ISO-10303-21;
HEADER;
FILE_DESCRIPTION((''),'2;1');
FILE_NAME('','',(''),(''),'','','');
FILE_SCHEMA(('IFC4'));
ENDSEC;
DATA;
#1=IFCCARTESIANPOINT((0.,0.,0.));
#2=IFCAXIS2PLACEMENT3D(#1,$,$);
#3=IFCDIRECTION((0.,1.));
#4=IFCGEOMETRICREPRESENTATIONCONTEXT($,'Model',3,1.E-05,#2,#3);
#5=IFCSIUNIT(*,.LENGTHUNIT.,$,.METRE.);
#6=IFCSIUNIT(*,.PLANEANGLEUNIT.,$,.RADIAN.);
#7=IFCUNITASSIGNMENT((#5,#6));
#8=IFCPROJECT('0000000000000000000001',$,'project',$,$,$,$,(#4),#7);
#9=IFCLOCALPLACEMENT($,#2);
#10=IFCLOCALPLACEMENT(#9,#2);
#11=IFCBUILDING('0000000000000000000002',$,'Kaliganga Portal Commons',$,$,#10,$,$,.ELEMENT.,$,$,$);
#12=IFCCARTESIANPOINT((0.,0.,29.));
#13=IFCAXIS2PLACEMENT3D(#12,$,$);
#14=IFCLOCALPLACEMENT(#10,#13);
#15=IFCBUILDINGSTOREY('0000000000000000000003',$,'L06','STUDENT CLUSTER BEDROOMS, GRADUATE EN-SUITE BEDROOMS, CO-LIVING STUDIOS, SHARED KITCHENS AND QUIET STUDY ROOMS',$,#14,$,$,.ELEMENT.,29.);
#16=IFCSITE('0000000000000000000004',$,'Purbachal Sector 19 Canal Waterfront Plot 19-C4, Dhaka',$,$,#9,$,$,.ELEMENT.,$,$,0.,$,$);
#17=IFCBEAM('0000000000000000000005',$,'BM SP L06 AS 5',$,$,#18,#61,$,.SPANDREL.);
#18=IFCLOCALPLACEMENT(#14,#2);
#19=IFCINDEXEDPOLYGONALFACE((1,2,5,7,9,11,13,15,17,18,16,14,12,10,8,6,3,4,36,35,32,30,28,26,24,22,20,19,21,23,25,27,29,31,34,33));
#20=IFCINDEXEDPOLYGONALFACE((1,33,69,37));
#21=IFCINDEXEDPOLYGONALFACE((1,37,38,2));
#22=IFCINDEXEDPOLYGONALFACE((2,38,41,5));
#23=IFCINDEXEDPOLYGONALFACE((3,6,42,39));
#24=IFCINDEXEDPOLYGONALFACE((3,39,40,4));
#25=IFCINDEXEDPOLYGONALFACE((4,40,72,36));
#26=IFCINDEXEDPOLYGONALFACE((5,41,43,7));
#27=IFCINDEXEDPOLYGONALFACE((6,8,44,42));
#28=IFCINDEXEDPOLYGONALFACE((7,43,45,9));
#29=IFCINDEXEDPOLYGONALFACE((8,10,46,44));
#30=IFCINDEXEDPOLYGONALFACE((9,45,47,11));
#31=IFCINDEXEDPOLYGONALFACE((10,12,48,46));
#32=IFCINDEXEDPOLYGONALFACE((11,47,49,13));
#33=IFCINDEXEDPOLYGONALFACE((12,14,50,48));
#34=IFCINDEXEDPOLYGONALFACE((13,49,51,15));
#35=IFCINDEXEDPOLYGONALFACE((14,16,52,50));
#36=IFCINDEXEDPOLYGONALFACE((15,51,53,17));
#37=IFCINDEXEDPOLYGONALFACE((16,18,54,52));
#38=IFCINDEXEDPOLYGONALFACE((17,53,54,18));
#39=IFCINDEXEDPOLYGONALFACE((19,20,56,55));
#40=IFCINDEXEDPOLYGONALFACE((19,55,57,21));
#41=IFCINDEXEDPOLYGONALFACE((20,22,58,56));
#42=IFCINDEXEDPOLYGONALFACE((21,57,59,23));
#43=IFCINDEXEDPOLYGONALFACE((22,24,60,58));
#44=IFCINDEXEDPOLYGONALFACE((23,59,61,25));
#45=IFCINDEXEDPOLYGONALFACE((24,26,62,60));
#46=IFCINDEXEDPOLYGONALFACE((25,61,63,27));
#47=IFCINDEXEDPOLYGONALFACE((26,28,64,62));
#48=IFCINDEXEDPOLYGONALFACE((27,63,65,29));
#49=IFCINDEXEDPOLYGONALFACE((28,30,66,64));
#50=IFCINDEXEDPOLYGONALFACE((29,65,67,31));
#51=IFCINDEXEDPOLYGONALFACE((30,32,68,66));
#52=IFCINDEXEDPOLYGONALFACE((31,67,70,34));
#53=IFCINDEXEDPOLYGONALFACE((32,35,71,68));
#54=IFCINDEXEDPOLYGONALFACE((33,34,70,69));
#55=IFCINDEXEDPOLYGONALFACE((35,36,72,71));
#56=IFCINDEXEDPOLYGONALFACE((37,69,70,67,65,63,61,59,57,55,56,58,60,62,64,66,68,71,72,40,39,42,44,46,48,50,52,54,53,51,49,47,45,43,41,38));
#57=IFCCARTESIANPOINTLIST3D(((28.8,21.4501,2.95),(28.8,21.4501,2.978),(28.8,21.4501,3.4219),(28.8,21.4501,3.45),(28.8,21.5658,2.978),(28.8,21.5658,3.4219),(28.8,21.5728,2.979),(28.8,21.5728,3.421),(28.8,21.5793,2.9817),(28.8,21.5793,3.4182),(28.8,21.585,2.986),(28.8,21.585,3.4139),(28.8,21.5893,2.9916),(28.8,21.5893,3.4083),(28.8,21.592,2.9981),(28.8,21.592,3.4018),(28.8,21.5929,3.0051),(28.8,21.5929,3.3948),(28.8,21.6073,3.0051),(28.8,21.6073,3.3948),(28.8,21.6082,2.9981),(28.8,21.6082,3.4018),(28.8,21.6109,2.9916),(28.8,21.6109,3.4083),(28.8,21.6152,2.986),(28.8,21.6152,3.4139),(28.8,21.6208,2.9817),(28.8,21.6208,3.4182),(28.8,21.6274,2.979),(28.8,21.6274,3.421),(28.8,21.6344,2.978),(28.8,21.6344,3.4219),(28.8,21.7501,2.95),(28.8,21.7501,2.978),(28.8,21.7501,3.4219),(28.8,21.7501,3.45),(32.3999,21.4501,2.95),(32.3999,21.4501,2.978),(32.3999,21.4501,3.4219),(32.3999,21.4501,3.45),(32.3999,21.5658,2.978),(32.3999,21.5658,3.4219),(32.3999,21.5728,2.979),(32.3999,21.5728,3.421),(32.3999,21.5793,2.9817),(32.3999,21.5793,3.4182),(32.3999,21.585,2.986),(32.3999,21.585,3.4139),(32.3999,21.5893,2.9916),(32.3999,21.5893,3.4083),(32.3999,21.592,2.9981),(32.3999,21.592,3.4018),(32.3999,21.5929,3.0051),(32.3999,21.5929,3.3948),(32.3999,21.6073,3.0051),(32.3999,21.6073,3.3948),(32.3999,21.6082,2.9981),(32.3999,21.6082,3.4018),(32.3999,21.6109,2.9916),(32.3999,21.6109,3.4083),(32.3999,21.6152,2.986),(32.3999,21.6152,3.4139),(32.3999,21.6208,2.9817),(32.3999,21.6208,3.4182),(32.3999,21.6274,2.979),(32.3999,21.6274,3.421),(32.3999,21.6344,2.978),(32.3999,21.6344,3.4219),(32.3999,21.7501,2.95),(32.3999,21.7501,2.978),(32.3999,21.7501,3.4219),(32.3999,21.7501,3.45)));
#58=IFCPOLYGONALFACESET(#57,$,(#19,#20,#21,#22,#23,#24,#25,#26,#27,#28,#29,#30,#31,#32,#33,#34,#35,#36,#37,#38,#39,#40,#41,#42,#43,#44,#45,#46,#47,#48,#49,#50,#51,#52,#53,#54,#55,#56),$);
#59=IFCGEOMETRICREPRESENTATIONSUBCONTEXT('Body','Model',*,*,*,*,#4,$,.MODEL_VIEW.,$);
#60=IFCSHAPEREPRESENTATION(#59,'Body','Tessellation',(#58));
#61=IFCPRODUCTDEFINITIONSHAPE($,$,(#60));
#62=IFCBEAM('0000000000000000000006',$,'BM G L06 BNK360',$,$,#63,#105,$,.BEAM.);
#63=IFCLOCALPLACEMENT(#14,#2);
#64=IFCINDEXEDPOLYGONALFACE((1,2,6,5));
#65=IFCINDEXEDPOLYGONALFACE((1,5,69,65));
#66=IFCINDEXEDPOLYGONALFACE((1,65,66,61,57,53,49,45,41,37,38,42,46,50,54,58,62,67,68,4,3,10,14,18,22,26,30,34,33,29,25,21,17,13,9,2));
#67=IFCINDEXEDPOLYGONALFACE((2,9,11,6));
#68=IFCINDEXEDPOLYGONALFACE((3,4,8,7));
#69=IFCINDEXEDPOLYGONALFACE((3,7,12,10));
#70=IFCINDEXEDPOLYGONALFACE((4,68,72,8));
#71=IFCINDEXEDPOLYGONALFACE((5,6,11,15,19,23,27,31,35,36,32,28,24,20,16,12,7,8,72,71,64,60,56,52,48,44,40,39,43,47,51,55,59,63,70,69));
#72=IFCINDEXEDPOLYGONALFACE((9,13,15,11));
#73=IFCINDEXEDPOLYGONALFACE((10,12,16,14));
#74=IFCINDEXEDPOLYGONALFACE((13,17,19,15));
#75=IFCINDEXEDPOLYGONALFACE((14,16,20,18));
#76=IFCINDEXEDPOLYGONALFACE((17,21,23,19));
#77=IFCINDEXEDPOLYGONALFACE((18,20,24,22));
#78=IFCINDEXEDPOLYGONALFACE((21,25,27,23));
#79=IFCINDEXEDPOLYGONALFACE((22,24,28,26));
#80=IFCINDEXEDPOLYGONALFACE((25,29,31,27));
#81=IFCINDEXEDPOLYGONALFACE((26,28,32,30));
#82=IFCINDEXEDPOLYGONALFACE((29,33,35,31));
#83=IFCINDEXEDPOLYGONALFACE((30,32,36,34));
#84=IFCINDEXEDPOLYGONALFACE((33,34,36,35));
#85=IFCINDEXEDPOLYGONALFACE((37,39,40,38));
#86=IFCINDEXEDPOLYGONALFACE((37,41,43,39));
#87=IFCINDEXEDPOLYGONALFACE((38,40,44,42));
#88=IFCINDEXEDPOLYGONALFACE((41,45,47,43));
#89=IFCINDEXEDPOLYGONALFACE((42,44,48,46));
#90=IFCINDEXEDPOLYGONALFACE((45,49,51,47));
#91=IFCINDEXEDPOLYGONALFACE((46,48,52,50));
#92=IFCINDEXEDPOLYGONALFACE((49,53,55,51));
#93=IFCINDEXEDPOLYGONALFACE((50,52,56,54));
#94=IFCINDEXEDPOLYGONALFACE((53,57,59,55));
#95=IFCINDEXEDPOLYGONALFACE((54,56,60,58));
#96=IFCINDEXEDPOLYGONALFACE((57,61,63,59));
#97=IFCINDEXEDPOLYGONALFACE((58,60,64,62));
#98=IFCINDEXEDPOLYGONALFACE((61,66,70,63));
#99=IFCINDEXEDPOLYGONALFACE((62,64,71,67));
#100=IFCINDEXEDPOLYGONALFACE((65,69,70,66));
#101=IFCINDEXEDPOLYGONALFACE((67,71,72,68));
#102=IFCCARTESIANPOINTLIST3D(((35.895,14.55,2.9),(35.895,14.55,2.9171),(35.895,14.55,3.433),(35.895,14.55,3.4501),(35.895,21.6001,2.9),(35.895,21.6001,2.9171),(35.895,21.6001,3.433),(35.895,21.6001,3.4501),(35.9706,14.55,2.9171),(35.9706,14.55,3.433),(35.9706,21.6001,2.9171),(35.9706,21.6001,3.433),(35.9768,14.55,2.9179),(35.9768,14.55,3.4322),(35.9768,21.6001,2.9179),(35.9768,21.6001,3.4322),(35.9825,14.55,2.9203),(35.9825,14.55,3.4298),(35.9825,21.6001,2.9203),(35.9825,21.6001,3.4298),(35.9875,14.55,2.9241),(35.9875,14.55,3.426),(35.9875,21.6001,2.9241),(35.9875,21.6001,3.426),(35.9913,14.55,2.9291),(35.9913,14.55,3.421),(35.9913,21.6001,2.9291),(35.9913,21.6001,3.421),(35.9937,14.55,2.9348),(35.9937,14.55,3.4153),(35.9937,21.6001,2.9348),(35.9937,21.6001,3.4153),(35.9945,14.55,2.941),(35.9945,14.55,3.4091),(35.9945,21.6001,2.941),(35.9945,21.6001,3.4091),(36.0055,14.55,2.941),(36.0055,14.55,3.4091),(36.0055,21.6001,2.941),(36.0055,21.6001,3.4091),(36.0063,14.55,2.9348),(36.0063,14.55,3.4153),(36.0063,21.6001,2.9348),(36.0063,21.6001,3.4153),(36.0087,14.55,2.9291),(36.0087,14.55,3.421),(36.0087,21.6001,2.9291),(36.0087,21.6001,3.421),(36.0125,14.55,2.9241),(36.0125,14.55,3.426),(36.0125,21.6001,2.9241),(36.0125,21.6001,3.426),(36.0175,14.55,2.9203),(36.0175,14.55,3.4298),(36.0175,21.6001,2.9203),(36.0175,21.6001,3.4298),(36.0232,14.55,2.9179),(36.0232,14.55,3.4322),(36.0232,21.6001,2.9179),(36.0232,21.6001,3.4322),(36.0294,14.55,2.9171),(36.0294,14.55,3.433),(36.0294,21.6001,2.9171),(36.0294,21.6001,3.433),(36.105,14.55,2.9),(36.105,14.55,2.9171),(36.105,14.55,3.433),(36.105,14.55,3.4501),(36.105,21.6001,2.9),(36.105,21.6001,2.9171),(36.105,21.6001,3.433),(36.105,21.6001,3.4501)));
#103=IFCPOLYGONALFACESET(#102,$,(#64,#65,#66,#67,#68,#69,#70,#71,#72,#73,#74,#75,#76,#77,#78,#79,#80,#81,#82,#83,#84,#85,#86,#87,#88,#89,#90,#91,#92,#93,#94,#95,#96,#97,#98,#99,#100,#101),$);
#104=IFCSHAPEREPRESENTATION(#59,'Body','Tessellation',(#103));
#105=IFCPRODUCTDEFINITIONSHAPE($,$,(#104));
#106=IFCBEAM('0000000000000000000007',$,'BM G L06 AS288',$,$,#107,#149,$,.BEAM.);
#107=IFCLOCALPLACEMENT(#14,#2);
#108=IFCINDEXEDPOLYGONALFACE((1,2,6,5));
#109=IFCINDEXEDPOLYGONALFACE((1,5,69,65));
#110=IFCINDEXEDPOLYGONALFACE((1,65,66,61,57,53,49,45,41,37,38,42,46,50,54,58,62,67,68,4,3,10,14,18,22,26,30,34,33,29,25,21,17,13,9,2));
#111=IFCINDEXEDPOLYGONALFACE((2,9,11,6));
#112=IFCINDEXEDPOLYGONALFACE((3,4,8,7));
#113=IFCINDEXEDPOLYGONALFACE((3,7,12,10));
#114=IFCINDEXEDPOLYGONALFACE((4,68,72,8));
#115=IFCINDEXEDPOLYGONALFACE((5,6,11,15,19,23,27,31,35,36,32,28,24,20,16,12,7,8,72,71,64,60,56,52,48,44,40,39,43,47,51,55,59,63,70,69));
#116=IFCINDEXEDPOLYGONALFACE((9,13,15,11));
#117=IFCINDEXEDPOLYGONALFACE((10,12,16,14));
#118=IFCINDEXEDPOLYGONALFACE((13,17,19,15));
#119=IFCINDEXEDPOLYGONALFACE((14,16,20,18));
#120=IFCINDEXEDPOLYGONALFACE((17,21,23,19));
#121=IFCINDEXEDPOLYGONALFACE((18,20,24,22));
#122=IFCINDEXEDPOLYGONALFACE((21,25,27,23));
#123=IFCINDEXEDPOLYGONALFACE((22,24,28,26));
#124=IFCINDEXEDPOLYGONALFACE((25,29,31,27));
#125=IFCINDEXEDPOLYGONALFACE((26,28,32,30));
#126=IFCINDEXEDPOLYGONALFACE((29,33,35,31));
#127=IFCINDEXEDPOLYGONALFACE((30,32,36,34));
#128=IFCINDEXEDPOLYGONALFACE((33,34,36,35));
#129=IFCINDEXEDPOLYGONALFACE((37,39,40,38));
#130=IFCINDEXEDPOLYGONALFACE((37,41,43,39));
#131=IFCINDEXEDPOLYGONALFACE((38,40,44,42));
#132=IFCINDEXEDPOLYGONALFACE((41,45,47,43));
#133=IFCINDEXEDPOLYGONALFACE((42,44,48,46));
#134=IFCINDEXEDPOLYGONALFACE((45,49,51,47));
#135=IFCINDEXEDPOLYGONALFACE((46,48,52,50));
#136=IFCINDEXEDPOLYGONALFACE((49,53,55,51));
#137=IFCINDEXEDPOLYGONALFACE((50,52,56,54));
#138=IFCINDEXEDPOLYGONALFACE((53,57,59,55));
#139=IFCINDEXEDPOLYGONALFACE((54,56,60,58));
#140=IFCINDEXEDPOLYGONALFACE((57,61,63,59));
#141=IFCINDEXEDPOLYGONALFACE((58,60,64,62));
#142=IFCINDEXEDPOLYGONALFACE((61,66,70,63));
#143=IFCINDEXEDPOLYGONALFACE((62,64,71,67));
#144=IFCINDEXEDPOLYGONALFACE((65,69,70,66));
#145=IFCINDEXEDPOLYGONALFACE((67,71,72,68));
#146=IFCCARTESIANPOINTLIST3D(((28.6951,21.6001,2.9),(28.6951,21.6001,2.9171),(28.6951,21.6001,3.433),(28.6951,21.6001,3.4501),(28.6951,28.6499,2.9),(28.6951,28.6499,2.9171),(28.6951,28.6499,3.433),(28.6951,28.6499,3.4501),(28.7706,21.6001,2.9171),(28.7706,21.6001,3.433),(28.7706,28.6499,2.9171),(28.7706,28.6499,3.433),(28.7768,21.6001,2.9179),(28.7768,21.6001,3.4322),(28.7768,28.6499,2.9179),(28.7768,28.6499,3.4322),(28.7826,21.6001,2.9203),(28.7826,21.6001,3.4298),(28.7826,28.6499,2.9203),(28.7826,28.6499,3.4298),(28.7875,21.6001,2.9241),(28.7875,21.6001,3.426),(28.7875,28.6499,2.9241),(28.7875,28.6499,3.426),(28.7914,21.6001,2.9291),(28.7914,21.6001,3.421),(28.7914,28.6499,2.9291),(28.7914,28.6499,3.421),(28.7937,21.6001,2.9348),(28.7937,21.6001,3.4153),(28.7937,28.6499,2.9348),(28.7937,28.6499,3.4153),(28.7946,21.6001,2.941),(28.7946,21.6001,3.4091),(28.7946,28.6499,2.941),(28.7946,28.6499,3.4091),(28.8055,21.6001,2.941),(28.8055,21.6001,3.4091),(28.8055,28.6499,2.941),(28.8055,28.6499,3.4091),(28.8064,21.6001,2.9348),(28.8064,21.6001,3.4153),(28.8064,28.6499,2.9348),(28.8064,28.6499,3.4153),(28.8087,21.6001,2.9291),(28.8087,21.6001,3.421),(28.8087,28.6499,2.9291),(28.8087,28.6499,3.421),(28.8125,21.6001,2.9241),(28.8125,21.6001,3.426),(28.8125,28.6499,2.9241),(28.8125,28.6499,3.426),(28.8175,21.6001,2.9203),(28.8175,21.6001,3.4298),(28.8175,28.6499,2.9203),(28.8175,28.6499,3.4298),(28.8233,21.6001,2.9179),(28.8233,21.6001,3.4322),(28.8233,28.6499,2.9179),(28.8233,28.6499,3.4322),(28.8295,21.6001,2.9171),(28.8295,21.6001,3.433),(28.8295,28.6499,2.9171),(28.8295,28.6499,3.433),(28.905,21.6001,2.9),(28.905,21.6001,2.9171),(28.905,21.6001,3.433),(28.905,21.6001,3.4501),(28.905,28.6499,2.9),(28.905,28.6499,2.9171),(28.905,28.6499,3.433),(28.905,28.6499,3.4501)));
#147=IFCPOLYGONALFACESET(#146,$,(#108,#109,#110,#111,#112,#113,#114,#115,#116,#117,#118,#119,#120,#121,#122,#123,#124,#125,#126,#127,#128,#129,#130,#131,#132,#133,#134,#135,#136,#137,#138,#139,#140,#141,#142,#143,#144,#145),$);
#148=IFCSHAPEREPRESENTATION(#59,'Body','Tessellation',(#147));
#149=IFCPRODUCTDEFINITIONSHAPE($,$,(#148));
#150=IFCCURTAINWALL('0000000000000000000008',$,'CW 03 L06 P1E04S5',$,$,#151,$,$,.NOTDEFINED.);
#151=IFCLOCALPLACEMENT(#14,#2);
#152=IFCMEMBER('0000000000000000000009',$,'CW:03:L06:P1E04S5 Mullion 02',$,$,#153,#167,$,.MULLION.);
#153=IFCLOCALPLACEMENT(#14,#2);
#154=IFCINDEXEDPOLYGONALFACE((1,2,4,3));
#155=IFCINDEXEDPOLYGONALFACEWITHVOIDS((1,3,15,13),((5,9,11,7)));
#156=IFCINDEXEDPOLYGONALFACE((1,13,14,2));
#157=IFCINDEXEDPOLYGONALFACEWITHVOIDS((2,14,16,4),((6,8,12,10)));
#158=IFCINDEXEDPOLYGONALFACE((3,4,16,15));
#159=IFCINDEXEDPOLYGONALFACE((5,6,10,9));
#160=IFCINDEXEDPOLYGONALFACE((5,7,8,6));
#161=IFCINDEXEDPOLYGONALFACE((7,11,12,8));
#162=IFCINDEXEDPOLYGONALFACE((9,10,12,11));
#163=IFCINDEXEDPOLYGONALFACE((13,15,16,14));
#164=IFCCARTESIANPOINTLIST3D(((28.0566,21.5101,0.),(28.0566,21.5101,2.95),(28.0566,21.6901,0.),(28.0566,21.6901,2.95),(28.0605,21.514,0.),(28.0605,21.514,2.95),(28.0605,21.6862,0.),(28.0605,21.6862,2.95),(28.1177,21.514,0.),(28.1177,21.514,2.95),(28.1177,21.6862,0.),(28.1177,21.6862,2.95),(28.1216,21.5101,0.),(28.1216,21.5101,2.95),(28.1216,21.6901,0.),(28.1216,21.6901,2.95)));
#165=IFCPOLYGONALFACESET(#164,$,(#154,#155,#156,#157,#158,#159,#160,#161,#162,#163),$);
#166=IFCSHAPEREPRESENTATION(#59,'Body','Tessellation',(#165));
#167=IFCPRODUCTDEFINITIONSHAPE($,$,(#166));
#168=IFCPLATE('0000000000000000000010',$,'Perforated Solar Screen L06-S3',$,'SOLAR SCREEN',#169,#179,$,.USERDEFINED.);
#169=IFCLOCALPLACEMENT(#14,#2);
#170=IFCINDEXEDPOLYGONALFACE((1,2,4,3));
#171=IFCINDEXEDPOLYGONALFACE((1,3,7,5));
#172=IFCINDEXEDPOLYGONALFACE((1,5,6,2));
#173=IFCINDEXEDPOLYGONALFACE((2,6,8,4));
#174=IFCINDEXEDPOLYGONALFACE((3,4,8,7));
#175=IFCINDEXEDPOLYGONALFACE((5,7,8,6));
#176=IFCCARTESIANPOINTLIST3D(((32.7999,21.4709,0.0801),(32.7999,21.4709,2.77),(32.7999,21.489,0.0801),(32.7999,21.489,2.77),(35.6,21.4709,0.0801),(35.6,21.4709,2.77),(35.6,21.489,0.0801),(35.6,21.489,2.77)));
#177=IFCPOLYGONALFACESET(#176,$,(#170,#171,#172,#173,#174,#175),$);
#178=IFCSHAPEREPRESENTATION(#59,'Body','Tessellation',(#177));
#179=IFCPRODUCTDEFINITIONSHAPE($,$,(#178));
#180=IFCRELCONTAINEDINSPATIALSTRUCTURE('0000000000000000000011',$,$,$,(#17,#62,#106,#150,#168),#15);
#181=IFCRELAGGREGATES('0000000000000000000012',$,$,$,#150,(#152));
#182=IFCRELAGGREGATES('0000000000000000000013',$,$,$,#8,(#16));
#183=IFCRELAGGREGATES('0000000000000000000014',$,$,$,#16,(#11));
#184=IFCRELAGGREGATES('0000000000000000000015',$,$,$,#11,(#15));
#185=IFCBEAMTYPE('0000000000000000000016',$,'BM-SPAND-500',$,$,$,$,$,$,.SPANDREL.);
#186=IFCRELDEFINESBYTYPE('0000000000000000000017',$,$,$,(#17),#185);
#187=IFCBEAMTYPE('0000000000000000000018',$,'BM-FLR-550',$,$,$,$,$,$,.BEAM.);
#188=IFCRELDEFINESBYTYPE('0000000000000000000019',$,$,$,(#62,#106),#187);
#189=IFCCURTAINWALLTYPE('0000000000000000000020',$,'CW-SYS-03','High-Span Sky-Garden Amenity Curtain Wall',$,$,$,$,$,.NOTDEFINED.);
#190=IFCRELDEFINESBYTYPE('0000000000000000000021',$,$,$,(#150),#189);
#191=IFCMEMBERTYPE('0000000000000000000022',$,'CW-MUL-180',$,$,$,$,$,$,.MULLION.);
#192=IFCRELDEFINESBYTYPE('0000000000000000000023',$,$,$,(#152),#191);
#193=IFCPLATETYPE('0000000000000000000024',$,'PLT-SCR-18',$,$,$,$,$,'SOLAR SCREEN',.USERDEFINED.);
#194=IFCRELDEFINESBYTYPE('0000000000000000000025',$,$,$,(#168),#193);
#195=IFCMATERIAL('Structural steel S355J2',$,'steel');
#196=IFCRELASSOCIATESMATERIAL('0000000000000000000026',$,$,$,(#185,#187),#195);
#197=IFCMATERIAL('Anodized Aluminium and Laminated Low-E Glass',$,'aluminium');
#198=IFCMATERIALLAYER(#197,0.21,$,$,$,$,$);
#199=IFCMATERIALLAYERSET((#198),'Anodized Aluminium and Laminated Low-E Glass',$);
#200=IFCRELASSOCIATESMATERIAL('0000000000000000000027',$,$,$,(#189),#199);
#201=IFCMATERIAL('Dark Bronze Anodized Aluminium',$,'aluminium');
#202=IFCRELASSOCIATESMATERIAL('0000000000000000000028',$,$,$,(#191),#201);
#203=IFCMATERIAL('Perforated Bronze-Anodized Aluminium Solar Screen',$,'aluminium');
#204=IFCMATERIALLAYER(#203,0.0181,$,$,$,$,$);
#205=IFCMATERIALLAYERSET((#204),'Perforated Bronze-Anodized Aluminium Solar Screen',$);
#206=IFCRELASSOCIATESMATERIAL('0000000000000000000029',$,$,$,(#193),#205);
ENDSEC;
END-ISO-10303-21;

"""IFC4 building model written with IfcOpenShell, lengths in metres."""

from ifc_helpers import new_model, si_unit, direction, frame, origin, origin_2d, place, context, subcontext, project, spatial, rectangle, hollow_rectangle, i_section, extrude, source, transform, mapped, material, layer, layer_set, material_profile, profile_set, type_object, element, aggregate, save


model = new_model("IFC4")

# Units and contexts
model_context = context("Model", 3, precision=1e-05, world=origin(), true_north=direction((0.0, 1.0)))
body_context = subcontext(model_context, "Body", "Model", "MODEL_VIEW")
ifc_project = project(units=[si_unit("LENGTHUNIT", "METRE"), si_unit("PLANEANGLEUNIT", "RADIAN")], contexts=[model_context])

# Site, building, storey
site_placement = place(None, origin())
site = spatial("IfcSite", under=ifc_project, at=site_placement, Name="Purbachal Sector 19 Canal Waterfront Plot 19-C4, Dhaka", CompositionType="ELEMENT", RefElevation=0.0)
building_placement = place(site_placement, origin())
building = spatial("IfcBuilding", under=site, at=building_placement, Name="Kaliganga Portal Commons", CompositionType="ELEMENT")
storey_placement = place(building_placement, frame((0.0, 0.0, 29.0)))
storey = spatial("IfcBuildingStorey", under=building, at=storey_placement, Name="L06", Description="STUDENT CLUSTER BEDROOMS, GRADUATE EN-SUITE BEDROOMS, CO-LIVING STUDIOS, SHARED KITCHENS AND QUIET STUDY ROOMS", CompositionType="ELEMENT", Elevation=29.0)

# Beams
ifc_material_1 = material(Name="Structural steel S355J2", Category="steel")
ifc_material_profile_1 = material_profile(ifc_material_1, i_section(OverallWidth=0.3, OverallDepth=0.5, WebThickness=0.0144, FlangeThickness=0.0281, FilletRadius=0.0271, at=origin_2d()), Name="HE 500 B")
ifc_profile_set_1 = profile_set([ifc_material_profile_1], Name="Structural steel S355J2 wide-flange")
beam_type_1 = type_object("IfcBeamType", Name="BM-SPAND-500", PredefinedType="SPANDREL", material=ifc_profile_set_1)
shared_shape_1 = source(origin(), body_context, "Body", "SweptSolid", [
    extrude(i_section(OverallWidth=0.3, OverallDepth=0.5, WebThickness=0.0144, FlangeThickness=0.0281, FilletRadius=0.0271, at=origin_2d()), origin(), (0.0, 0.0, 1.0), 3.5999),
])
beam_1_placement = place(storey_placement, frame((28.8, 21.6001, 3.2), z_axis=(1.0, 0.0, 0.0), x_axis=(0.0, 1.0, 0.0)))
element("IfcBeam", 1, at=beam_1_placement, inside=storey, type_object=beam_type_1, Name="BM SP L06 AS 5", PredefinedType="SPANDREL", context=body_context, shape_type="MappedRepresentation", body=[
    mapped(shared_shape_1, transform((0.0, 0.0, 0.0), x_axis=(1.0, 0.0, 0.0), y_axis=(0.0, 1.0, 0.0), z_axis=(0.0, 0.0, 1.0), scale=1.0)),
])
ifc_material_profile_2 = material_profile(ifc_material_1, i_section(OverallWidth=0.21, OverallDepth=0.55, WebThickness=0.011, FlangeThickness=0.0171, FilletRadius=0.0239, at=origin_2d()), Name="IPE 550")
ifc_profile_set_2 = profile_set([ifc_material_profile_2], Name="Structural steel S355J2 wide-flange")
beam_type_2 = type_object("IfcBeamType", Name="BM-FLR-550", PredefinedType="BEAM", material=ifc_profile_set_2)
shared_shape_2 = source(origin(), body_context, "Body", "SweptSolid", [
    extrude(i_section(OverallWidth=0.21, OverallDepth=0.55, WebThickness=0.011, FlangeThickness=0.0171, FilletRadius=0.0239, at=origin_2d()), origin(), (0.0, 0.0, 1.0), 7.05),
])
beam_2_placement = place(storey_placement, frame((36.0, 14.55, 3.175), z_axis=(0.0, 1.0, 0.0), x_axis=(-1.0, 0.0, 0.0)))
element("IfcBeam", 2, at=beam_2_placement, inside=storey, type_object=beam_type_2, Name="BM G L06 BNK360", PredefinedType="BEAM", context=body_context, shape_type="MappedRepresentation", body=[
    mapped(shared_shape_2, transform((0.0, 0.0, 0.0), x_axis=(1.0, 0.0, 0.0), y_axis=(0.0, 1.0, 0.0), z_axis=(0.0, 0.0, 1.0), scale=1.0)),
])
shared_shape_3 = source(origin(), body_context, "Body", "SweptSolid", [
    extrude(i_section(OverallWidth=0.21, OverallDepth=0.55, WebThickness=0.011, FlangeThickness=0.0171, FilletRadius=0.0239, at=origin_2d()), origin(), (0.0, 0.0, 1.0), 7.0498),
])
beam_3_placement = place(storey_placement, frame((28.8, 21.6001, 3.175), z_axis=(0.0, 1.0, 0.0), x_axis=(-1.0, 0.0, 0.0)))
element("IfcBeam", 3, at=beam_3_placement, inside=storey, type_object=beam_type_2, Name="BM G L06 AS288", PredefinedType="BEAM", context=body_context, shape_type="MappedRepresentation", body=[
    mapped(shared_shape_3, transform((0.0, 0.0, 0.0), x_axis=(1.0, 0.0, 0.0), y_axis=(0.0, 1.0, 0.0), z_axis=(0.0, 0.0, 1.0), scale=1.0)),
])

# Curtain wall, member
ifc_material_2 = material(Name="Anodized Aluminium and Laminated Low-E Glass", Category="aluminium")
ifc_layer_1 = layer(ifc_material_2, 0.21)
ifc_layer_set_1 = layer_set([ifc_layer_1], Name="Anodized Aluminium and Laminated Low-E Glass")
curtain_wall_type = type_object("IfcCurtainWallType", Name="CW-SYS-03", Description="High-Span Sky-Garden Amenity Curtain Wall", PredefinedType="NOTDEFINED", material=ifc_layer_set_1)
curtain_wall_placement = place(storey_placement, origin())
curtain_wall = element("IfcCurtainWall", 4, at=curtain_wall_placement, inside=storey, type_object=curtain_wall_type, Name="CW 03 L06 P1E04S5", PredefinedType="NOTDEFINED")
ifc_material_3 = material(Name="Dark Bronze Anodized Aluminium", Category="aluminium")
ifc_material_profile_3 = material_profile(ifc_material_3, hollow_rectangle(XDim=0.0649, YDim=0.1799, WallThickness=0.0039, at=origin_2d()), Name="ALU MULL 65x180x4")
ifc_profile_set_3 = profile_set([ifc_material_profile_3], Name="Dark Bronze Anodized Aluminium")
member_type = type_object("IfcMemberType", Name="CW-MUL-180", PredefinedType="MULLION", material=ifc_profile_set_3)
shared_shape_4 = source(origin(), body_context, "Body", "SweptSolid", [
    extrude(hollow_rectangle(XDim=0.0649, YDim=0.1799, WallThickness=0.0039, at=origin_2d()), origin(), (0.0, 0.0, 1.0), 2.95),
])
member_placement = place(storey_placement, frame((28.0891, 21.6001, 0.0), z_axis=(0.0, 0.0, 1.0), x_axis=(1.0, 0.0, 0.0)))
member = element("IfcMember", 5, at=member_placement, type_object=member_type, Name="CW:03:L06:P1E04S5 Mullion 02", PredefinedType="MULLION", context=body_context, shape_type="MappedRepresentation", body=[
    mapped(shared_shape_4, transform((0.0, 0.0, 0.0), x_axis=(1.0, 0.0, 0.0), y_axis=(0.0, 1.0, 0.0), z_axis=(0.0, 0.0, 1.0), scale=1.0)),
])
aggregate(curtain_wall, [member])

# Plate
ifc_material_4 = material(Name="Perforated Bronze-Anodized Aluminium Solar Screen", Category="aluminium")
ifc_layer_2 = layer(ifc_material_4, 0.0181)
ifc_layer_set_2 = layer_set([ifc_layer_2], Name="Perforated Bronze-Anodized Aluminium Solar Screen")
plate_type = type_object("IfcPlateType", Name="PLT-SCR-18", ElementType="SOLAR SCREEN", PredefinedType="USERDEFINED", material=ifc_layer_set_2)
shared_shape_5 = source(origin(), body_context, "Body", "SweptSolid", [
    extrude(rectangle(XDim=2.8, YDim=0.0181, at=origin_2d()), origin(), (0.0, 0.0, 1.0), 2.6899),
])
plate_placement = place(storey_placement, frame((34.2, 21.48, 0.0801), z_axis=(0.0, 0.0, 1.0), x_axis=(1.0, 0.0, 0.0)))
element("IfcPlate", 6, at=plate_placement, inside=storey, type_object=plate_type, Name="Perforated Solar Screen L06-S3", ObjectType="SOLAR SCREEN", PredefinedType="USERDEFINED", context=body_context, shape_type="MappedRepresentation", body=[
    mapped(shared_shape_5, transform((0.0, 0.0, 0.0), x_axis=(1.0, 0.0, 0.0), y_axis=(0.0, 1.0, 0.0), z_axis=(0.0, 0.0, 1.0), scale=1.0)),
])

save(model, "model.ifc")
